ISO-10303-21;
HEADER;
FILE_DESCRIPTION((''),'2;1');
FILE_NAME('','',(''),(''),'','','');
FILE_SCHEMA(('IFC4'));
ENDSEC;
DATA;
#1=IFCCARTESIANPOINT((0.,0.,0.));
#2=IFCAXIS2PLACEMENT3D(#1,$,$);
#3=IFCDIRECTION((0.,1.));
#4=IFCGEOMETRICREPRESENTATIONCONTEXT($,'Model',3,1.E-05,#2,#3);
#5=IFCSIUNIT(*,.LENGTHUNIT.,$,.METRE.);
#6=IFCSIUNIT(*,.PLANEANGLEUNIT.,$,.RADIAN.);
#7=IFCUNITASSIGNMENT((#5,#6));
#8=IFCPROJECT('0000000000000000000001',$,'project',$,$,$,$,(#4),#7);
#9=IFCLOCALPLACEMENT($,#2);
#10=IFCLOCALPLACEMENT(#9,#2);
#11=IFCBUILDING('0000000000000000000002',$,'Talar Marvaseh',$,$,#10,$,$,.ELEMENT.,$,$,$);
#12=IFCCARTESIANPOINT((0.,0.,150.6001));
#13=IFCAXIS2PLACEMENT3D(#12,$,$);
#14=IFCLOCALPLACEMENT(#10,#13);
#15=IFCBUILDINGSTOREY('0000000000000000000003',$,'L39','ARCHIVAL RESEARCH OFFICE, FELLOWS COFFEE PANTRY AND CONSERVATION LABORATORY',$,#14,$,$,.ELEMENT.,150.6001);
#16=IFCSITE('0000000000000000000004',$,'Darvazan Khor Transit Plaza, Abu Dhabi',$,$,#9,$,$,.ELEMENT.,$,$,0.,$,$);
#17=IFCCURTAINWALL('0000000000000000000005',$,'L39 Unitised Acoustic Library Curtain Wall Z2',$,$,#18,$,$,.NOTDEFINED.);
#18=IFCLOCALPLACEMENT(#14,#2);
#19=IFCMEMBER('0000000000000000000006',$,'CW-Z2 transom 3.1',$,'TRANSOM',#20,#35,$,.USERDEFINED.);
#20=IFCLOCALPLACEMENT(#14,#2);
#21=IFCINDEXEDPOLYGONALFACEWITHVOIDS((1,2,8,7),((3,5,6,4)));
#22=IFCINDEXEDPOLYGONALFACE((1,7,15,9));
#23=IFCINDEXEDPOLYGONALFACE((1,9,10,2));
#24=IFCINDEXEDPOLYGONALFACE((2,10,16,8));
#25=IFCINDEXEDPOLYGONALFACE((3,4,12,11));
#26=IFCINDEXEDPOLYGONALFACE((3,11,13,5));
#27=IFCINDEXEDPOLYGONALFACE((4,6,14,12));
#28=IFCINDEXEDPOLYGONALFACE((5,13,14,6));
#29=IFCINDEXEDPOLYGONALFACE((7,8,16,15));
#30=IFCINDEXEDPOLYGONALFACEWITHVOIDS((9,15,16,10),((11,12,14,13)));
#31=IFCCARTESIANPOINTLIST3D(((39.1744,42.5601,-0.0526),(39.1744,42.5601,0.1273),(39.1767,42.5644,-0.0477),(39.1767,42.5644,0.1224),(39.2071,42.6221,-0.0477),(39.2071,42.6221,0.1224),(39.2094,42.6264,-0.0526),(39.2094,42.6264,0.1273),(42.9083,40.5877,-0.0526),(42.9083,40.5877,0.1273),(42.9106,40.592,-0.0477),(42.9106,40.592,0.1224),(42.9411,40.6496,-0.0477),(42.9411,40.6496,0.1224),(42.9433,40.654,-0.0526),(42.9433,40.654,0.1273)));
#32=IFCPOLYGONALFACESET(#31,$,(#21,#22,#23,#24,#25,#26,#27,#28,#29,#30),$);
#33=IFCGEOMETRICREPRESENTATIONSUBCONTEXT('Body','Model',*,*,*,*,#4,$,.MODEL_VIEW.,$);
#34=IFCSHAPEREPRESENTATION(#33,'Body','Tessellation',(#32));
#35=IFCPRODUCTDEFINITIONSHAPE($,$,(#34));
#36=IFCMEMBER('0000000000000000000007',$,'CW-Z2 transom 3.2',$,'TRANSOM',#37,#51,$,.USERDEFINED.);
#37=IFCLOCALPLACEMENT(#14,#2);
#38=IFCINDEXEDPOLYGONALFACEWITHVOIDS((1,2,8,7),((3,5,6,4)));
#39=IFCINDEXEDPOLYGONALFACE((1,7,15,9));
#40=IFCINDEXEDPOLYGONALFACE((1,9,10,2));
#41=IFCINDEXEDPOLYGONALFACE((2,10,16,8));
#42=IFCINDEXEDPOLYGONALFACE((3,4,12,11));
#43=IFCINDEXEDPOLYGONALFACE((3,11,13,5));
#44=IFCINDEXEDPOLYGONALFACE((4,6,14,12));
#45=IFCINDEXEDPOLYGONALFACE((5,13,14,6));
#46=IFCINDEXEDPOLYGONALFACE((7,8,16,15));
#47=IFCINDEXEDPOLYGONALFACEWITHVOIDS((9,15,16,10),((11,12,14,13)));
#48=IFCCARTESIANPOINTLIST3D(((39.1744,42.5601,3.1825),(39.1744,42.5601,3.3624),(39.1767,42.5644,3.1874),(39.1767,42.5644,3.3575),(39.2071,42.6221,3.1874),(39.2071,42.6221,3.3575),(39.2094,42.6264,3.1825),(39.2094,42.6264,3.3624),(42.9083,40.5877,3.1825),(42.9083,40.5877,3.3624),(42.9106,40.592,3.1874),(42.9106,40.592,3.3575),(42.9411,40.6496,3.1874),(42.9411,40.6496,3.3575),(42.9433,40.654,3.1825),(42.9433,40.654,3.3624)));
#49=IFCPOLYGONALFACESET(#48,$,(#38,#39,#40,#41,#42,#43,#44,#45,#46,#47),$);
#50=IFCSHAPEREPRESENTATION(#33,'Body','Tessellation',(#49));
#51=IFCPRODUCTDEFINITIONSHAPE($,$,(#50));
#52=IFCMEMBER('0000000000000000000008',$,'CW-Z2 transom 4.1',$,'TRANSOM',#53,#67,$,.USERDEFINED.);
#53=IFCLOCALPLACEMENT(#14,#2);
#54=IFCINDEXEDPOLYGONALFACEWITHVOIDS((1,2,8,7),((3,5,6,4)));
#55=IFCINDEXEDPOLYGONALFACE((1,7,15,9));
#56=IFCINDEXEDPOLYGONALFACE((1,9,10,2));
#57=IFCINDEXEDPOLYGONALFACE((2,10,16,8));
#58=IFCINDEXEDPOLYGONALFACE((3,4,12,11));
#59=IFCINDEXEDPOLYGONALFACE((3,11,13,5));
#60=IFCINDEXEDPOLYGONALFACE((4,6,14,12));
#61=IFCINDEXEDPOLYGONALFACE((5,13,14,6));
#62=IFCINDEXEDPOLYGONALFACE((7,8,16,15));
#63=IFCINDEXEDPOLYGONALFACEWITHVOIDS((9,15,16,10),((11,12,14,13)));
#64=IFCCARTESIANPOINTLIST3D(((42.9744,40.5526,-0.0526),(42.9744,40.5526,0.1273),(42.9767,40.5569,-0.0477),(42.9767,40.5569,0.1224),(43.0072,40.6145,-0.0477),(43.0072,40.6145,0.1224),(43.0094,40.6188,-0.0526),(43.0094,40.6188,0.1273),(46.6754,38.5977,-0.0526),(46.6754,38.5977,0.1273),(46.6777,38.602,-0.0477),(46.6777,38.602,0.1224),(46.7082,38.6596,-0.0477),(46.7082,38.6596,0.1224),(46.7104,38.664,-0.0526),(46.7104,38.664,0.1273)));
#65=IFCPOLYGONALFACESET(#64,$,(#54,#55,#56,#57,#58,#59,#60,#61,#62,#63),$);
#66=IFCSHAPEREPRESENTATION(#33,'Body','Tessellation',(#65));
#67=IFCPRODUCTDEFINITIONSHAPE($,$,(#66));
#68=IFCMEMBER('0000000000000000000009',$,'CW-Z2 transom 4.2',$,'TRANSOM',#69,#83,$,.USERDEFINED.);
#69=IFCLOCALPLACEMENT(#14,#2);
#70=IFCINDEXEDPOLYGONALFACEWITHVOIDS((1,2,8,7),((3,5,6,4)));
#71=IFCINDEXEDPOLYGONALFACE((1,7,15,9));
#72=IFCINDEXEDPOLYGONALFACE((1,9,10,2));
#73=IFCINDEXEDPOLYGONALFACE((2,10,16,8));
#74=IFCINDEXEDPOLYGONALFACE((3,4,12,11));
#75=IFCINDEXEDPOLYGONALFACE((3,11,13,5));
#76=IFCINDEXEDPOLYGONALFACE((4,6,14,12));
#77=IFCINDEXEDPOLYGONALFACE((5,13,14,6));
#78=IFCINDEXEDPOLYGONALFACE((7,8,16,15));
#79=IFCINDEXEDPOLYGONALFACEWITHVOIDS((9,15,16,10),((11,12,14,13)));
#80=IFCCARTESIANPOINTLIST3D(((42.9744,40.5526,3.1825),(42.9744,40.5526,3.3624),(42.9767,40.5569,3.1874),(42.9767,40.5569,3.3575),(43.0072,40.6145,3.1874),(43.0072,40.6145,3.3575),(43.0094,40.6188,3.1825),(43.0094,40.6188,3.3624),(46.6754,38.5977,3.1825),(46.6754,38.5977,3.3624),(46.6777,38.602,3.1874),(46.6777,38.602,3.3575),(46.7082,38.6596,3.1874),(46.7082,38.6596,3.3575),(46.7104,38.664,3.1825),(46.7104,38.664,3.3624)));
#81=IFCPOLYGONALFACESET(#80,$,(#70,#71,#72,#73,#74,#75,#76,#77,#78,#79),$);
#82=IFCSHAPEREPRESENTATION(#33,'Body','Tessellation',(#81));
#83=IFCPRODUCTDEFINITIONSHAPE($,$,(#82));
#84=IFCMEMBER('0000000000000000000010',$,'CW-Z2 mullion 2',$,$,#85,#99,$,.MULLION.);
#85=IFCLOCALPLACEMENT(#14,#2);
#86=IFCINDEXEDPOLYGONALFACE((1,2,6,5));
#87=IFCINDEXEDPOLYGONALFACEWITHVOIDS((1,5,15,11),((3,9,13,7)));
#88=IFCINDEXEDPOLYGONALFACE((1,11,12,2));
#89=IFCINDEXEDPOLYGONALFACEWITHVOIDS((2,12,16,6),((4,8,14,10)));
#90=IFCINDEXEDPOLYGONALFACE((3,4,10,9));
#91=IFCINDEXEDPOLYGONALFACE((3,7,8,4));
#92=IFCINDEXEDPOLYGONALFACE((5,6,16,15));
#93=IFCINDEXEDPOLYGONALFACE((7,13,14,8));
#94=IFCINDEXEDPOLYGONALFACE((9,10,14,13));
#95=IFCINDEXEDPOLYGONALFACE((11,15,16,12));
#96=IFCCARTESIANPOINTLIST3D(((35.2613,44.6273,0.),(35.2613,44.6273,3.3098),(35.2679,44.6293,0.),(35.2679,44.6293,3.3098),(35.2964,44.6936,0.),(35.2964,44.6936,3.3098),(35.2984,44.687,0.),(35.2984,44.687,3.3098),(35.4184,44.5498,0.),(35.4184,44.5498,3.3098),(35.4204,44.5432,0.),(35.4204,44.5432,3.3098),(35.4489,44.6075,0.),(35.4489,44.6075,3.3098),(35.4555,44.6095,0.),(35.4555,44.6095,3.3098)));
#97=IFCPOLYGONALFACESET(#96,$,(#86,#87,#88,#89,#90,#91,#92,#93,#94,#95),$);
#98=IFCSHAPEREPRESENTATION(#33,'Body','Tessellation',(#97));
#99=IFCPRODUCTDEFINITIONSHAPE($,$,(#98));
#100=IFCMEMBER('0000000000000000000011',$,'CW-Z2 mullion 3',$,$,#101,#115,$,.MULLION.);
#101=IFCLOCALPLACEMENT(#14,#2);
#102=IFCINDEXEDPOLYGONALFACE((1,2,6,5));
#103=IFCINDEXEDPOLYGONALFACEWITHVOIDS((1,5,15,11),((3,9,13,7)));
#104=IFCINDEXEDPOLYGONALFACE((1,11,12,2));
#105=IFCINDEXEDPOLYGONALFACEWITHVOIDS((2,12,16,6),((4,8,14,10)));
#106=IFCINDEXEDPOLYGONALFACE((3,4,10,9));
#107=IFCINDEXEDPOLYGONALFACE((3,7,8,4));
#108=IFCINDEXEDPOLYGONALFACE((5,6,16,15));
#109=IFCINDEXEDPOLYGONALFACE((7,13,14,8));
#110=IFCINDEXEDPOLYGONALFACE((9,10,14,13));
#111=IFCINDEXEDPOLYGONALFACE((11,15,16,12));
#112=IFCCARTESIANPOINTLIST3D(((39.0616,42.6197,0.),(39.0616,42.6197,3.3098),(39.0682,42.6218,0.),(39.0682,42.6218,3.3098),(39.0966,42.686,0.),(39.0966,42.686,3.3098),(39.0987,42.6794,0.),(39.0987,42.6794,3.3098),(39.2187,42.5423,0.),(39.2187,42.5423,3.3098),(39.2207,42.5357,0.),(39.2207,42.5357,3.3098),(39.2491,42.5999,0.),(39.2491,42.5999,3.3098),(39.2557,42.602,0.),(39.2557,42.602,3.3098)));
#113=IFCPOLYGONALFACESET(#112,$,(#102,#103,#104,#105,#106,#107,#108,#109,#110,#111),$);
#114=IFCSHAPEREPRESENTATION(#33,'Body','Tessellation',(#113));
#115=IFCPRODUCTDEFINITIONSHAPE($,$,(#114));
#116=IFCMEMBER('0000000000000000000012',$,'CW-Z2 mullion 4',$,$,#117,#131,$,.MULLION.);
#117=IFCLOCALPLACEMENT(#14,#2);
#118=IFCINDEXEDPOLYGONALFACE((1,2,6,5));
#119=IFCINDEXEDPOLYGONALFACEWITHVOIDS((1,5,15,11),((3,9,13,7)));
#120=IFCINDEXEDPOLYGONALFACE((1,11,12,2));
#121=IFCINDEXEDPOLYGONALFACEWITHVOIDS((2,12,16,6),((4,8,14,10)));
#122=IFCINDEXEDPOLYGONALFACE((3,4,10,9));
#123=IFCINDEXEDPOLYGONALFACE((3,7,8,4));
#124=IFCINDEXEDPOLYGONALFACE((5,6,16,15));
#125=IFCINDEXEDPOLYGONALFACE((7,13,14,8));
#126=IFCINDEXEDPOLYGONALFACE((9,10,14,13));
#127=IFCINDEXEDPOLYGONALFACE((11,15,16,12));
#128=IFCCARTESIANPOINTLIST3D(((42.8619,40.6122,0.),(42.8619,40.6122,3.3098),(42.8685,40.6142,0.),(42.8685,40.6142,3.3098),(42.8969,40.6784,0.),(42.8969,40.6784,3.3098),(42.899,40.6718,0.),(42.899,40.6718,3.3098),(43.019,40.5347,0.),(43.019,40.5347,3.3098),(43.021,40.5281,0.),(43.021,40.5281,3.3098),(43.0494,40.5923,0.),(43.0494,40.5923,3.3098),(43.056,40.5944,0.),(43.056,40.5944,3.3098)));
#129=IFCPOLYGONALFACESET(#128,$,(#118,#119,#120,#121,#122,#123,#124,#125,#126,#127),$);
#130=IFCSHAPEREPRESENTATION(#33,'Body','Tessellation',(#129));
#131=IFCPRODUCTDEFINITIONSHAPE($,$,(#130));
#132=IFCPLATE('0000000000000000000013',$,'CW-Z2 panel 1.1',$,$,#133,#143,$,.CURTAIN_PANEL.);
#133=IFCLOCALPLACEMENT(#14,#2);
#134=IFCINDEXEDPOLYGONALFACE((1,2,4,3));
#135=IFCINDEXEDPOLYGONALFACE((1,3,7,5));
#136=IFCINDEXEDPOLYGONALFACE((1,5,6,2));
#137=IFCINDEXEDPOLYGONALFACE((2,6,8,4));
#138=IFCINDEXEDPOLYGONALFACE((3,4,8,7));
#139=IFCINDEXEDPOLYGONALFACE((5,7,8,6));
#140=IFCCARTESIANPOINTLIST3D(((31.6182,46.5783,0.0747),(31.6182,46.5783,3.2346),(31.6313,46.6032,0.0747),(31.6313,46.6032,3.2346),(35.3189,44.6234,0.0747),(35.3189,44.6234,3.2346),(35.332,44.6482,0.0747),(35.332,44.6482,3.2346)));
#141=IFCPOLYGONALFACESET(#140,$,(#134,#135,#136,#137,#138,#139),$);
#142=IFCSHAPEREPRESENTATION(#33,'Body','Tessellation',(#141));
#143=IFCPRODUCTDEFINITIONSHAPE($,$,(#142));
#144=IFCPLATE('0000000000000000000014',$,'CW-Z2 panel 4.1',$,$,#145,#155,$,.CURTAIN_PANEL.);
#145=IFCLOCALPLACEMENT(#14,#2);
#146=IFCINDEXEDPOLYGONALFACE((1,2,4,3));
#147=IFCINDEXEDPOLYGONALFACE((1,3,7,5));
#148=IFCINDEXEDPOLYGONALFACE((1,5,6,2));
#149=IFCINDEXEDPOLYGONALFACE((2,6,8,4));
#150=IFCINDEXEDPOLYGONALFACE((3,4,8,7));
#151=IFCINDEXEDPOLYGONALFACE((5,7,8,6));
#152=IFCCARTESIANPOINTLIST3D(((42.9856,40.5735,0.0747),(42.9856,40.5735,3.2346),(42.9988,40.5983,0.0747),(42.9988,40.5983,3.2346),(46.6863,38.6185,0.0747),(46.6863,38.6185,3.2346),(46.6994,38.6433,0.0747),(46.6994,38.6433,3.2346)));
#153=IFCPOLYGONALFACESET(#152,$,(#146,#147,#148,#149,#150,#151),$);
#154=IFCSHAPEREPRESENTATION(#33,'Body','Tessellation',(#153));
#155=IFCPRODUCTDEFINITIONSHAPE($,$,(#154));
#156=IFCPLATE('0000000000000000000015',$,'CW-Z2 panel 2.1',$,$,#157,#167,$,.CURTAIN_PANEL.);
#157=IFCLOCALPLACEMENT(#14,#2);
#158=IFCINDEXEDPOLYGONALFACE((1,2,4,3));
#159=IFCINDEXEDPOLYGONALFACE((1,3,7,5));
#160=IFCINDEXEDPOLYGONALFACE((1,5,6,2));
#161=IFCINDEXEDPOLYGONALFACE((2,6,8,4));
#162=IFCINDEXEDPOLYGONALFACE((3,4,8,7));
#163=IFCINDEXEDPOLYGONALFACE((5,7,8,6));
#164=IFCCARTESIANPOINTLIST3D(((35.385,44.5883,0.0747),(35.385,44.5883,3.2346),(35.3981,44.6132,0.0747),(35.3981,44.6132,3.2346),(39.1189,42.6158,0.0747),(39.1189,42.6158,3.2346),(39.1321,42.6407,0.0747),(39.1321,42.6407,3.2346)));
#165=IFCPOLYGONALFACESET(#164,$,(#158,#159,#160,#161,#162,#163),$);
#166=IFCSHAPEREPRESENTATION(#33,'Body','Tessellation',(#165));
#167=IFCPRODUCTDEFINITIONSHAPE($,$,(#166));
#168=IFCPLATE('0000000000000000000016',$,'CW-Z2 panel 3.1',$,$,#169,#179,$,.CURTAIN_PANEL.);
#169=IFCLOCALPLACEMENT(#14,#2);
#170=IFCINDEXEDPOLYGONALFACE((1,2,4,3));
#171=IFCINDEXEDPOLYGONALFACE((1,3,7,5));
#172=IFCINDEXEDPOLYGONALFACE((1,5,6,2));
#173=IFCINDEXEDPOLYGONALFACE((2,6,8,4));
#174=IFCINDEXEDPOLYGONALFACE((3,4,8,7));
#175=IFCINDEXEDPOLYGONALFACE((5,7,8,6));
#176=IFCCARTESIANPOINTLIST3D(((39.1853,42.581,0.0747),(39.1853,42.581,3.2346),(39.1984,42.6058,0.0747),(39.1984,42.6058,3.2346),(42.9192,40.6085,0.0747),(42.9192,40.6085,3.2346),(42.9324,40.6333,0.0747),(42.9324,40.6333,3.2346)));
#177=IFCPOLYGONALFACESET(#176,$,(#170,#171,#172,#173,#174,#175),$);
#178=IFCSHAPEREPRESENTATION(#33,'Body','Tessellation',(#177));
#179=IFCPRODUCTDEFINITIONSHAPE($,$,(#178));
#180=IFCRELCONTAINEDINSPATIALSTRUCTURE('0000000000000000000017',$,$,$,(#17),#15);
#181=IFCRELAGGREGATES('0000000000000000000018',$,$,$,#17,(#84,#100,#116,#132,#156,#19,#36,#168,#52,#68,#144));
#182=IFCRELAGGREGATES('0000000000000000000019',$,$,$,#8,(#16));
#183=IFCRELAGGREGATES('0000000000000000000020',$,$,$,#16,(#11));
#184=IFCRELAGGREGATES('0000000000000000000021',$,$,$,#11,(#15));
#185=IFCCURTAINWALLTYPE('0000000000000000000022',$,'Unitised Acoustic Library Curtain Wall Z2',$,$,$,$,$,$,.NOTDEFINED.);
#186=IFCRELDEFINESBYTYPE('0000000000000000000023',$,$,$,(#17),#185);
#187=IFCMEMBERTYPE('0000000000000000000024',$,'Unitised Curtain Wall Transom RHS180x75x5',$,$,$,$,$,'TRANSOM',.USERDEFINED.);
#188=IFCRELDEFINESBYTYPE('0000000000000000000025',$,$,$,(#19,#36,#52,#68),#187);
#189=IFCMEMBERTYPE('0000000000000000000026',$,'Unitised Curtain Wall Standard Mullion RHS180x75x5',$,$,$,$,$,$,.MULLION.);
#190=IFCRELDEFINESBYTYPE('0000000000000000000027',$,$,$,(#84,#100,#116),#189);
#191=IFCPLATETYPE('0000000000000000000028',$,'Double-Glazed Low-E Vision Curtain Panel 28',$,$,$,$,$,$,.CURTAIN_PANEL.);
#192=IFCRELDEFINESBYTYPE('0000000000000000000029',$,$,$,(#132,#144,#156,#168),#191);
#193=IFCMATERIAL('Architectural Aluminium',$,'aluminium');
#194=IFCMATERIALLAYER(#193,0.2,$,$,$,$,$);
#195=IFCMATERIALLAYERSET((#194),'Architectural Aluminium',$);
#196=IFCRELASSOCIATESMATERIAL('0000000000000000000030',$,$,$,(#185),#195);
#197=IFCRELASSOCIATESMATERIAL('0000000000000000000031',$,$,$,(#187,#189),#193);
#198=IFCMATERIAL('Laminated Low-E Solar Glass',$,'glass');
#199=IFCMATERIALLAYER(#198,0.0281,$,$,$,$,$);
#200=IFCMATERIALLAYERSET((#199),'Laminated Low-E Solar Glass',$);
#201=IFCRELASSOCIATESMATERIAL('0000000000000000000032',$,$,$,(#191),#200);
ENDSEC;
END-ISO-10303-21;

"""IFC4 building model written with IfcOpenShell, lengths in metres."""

from ifc_helpers import new_model, si_unit, direction, frame, origin, origin_2d, place, context, subcontext, project, spatial, rectangle, hollow_rectangle, extrude, source, transform, mapped, material, layer, layer_set, material_profile, profile_set, type_object, type_shapes, element, aggregate, save


model = new_model("IFC4")

# Units and contexts
model_context = context("Model", 3, precision=1e-05, world=origin(), true_north=direction((0.0, 1.0)))
body_context = subcontext(model_context, "Body", "Model", "MODEL_VIEW")
ifc_project = project(units=[si_unit("LENGTHUNIT", "METRE"), si_unit("PLANEANGLEUNIT", "RADIAN")], contexts=[model_context])

# Site, building, storey
site_placement = place(None, origin())
site = spatial("IfcSite", under=ifc_project, at=site_placement, Name="Darvazan Khor Transit Plaza, Abu Dhabi", CompositionType="ELEMENT", RefElevation=0.0)
building_placement = place(site_placement, origin())
building = spatial("IfcBuilding", under=site, at=building_placement, Name="Talar Marvaseh", CompositionType="ELEMENT")
storey_placement = place(building_placement, frame((0.0, 0.0, 150.6001)))
storey = spatial("IfcBuildingStorey", under=building, at=storey_placement, Name="L39", Description="ARCHIVAL RESEARCH OFFICE, FELLOWS COFFEE PANTRY AND CONSERVATION LABORATORY", CompositionType="ELEMENT", Elevation=150.6001)

# Curtain wall, members, plates
ifc_material_1 = material(Name="Architectural Aluminium", Category="aluminium")
ifc_layer_1 = layer(ifc_material_1, 0.2)
ifc_layer_set_1 = layer_set([ifc_layer_1], Name="Architectural Aluminium")
curtain_wall_type = type_object("IfcCurtainWallType", Name="Unitised Acoustic Library Curtain Wall Z2", PredefinedType="NOTDEFINED", material=ifc_layer_set_1)
curtain_wall_placement = place(storey_placement, origin())
curtain_wall = element("IfcCurtainWall", 1, at=curtain_wall_placement, inside=storey, type_object=curtain_wall_type, Name="L39 Unitised Acoustic Library Curtain Wall Z2", PredefinedType="NOTDEFINED")
ifc_material_profile_1 = material_profile(ifc_material_1, hollow_rectangle(XDim=0.075, YDim=0.1799, WallThickness=0.0049, at=origin_2d()), Name="RHS180x75x5")
ifc_profile_set_1 = profile_set([ifc_material_profile_1], Name="Architectural Aluminium")
member_type_1 = type_object("IfcMemberType", Name="Unitised Curtain Wall Transom RHS180x75x5", ElementType="TRANSOM", PredefinedType="USERDEFINED", material=ifc_profile_set_1)
shared_shape_1 = source(origin(), body_context, "Body", "SweptSolid", [
    extrude(hollow_rectangle(XDim=0.075, YDim=0.1799, WallThickness=0.0049, at=origin_2d()), origin(), (0.0, 0.0, 1.0), 4.2229),
])
member_1_placement = place(storey_placement, frame((39.1919, 42.5933, 0.0374), z_axis=(0.884214, -0.467083, 0.0), x_axis=(0.467083, 0.884214, 0.0)))
member_1 = element("IfcMember", 2, at=member_1_placement, type_object=member_type_1, Name="CW-Z2 transom 3.1", ObjectType="TRANSOM", PredefinedType="USERDEFINED", context=body_context, shape_type="MappedRepresentation", body=[
    mapped(shared_shape_1, transform((0.0, 0.0, 0.0), x_axis=(1.0, 0.0, 0.0), y_axis=(0.0, 1.0, 0.0), z_axis=(0.0, 0.0, 1.0), scale=1.0)),
])
member_2_placement = place(storey_placement, frame((39.1919, 42.5933, 3.2725), z_axis=(0.884214, -0.467083, 0.0), x_axis=(0.467083, 0.884214, 0.0)))
member_2 = element("IfcMember", 3, at=member_2_placement, type_object=member_type_1, Name="CW-Z2 transom 3.2", ObjectType="TRANSOM", PredefinedType="USERDEFINED", context=body_context, shape_type="MappedRepresentation", body=[
    mapped(shared_shape_1, transform((0.0, 0.0, 0.0), x_axis=(1.0, 0.0, 0.0), y_axis=(0.0, 1.0, 0.0), z_axis=(0.0, 0.0, 1.0), scale=1.0)),
])
shared_shape_2 = source(origin(), body_context, "Body", "SweptSolid", [
    extrude(hollow_rectangle(XDim=0.075, YDim=0.1799, WallThickness=0.0049, at=origin_2d()), origin(), (0.0, 0.0, 1.0), 4.1855),
])
type_shapes(member_type_1, [shared_shape_1, shared_shape_2])
member_3_placement = place(storey_placement, frame((42.9919, 40.5857, 0.0374), z_axis=(0.88423, -0.467051, 0.0), x_axis=(0.467051, 0.88423, 0.0)))
member_3 = element("IfcMember", 4, at=member_3_placement, type_object=member_type_1, Name="CW-Z2 transom 4.1", ObjectType="TRANSOM", PredefinedType="USERDEFINED", context=body_context, shape_type="MappedRepresentation", body=[
    mapped(shared_shape_2, transform((0.0, 0.0, 0.0), x_axis=(1.0, 0.0, 0.0), y_axis=(0.0, 1.0, 0.0), z_axis=(0.0, 0.0, 1.0), scale=1.0)),
])
member_4_placement = place(storey_placement, frame((42.9919, 40.5857, 3.2725), z_axis=(0.88423, -0.467051, 0.0), x_axis=(0.467051, 0.88423, 0.0)))
member_4 = element("IfcMember", 5, at=member_4_placement, type_object=member_type_1, Name="CW-Z2 transom 4.2", ObjectType="TRANSOM", PredefinedType="USERDEFINED", context=body_context, shape_type="MappedRepresentation", body=[
    mapped(shared_shape_2, transform((0.0, 0.0, 0.0), x_axis=(1.0, 0.0, 0.0), y_axis=(0.0, 1.0, 0.0), z_axis=(0.0, 0.0, 1.0), scale=1.0)),
])
ifc_material_profile_2 = material_profile(ifc_material_1, hollow_rectangle(XDim=0.075, YDim=0.1799, WallThickness=0.0049, at=origin_2d()), Name="RHS180x75x5")
ifc_profile_set_2 = profile_set([ifc_material_profile_2], Name="Architectural Aluminium")
member_type_2 = type_object("IfcMemberType", Name="Unitised Curtain Wall Standard Mullion RHS180x75x5", PredefinedType="MULLION", material=ifc_profile_set_2)
shared_shape_3 = source(origin(), body_context, "Body", "SweptSolid", [
    extrude(hollow_rectangle(XDim=0.075, YDim=0.1799, WallThickness=0.0049, at=origin_2d()), origin(), (0.0, 0.0, 1.0), 3.3098),
])
type_shapes(member_type_2, [shared_shape_3])
member_5_placement = place(storey_placement, frame((35.3584, 44.6184, 0.0), z_axis=(0.0, 0.0, 1.0), x_axis=(0.467098, 0.884206, 0.0)))
member_5 = element("IfcMember", 6, at=member_5_placement, type_object=member_type_2, Name="CW-Z2 mullion 2", PredefinedType="MULLION", context=body_context, shape_type="MappedRepresentation", body=[
    mapped(shared_shape_3, transform((0.0, 0.0, 0.0), x_axis=(1.0, 0.0, 0.0), y_axis=(0.0, 1.0, 0.0), z_axis=(0.0, 0.0, 1.0), scale=1.0)),
])
member_6_placement = place(storey_placement, frame((39.1587, 42.6108, 0.0), z_axis=(0.0, 0.0, 1.0), x_axis=(0.467098, 0.884206, 0.0)))
member_6 = element("IfcMember", 7, at=member_6_placement, type_object=member_type_2, Name="CW-Z2 mullion 3", PredefinedType="MULLION", context=body_context, shape_type="MappedRepresentation", body=[
    mapped(shared_shape_3, transform((0.0, 0.0, 0.0), x_axis=(1.0, 0.0, 0.0), y_axis=(0.0, 1.0, 0.0), z_axis=(0.0, 0.0, 1.0), scale=1.0)),
])
member_7_placement = place(storey_placement, frame((42.959, 40.6033, 0.0), z_axis=(0.0, 0.0, 1.0), x_axis=(0.467098, 0.884206, 0.0)))
member_7 = element("IfcMember", 8, at=member_7_placement, type_object=member_type_2, Name="CW-Z2 mullion 4", PredefinedType="MULLION", context=body_context, shape_type="MappedRepresentation", body=[
    mapped(shared_shape_3, transform((0.0, 0.0, 0.0), x_axis=(1.0, 0.0, 0.0), y_axis=(0.0, 1.0, 0.0), z_axis=(0.0, 0.0, 1.0), scale=1.0)),
])
ifc_material_2 = material(Name="Laminated Low-E Solar Glass", Category="glass")
ifc_layer_2 = layer(ifc_material_2, 0.0281)
ifc_layer_set_2 = layer_set([ifc_layer_2], Name="Laminated Low-E Solar Glass")
plate_type = type_object("IfcPlateType", Name="Double-Glazed Low-E Vision Curtain Panel 28", PredefinedType="CURTAIN_PANEL", material=ifc_layer_set_2)
shared_shape_4 = source(origin(), body_context, "Body", "SweptSolid", [
    extrude(rectangle(XDim=4.1853, YDim=0.0281, at=origin_2d()), origin(), (0.0, 0.0, 1.0), 3.1599),
])
plate_1_placement = place(storey_placement, frame((33.4751, 45.6133, 0.0747), z_axis=(0.0, 0.0, 1.0), x_axis=(0.884206, -0.467098, 0.0)))
plate_1 = element("IfcPlate", 9, at=plate_1_placement, type_object=plate_type, Name="CW-Z2 panel 1.1", PredefinedType="CURTAIN_PANEL", context=body_context, shape_type="MappedRepresentation", body=[
    mapped(shared_shape_4, transform((0.0, 0.0, 0.0), x_axis=(1.0, 0.0, 0.0), y_axis=(0.0, 1.0, 0.0), z_axis=(0.0, 0.0, 1.0), scale=1.0)),
])
plate_2_placement = place(storey_placement, frame((44.8425, 39.6084, 0.0747), z_axis=(0.0, 0.0, 1.0), x_axis=(0.884206, -0.467098, 0.0)))
plate_2 = element("IfcPlate", 10, at=plate_2_placement, type_object=plate_type, Name="CW-Z2 panel 4.1", PredefinedType="CURTAIN_PANEL", context=body_context, shape_type="MappedRepresentation", body=[
    mapped(shared_shape_4, transform((0.0, 0.0, 0.0), x_axis=(1.0, 0.0, 0.0), y_axis=(0.0, 1.0, 0.0), z_axis=(0.0, 0.0, 1.0), scale=1.0)),
])
shared_shape_5 = source(origin(), body_context, "Body", "SweptSolid", [
    extrude(rectangle(XDim=4.2229, YDim=0.0281, at=origin_2d()), origin(), (0.0, 0.0, 1.0), 3.1599),
])
type_shapes(plate_type, [shared_shape_4, shared_shape_5])
plate_3_placement = place(storey_placement, frame((37.2585, 43.6145, 0.0747), z_axis=(0.0, 0.0, 1.0), x_axis=(0.884206, -0.467098, 0.0)))
plate_3 = element("IfcPlate", 11, at=plate_3_placement, type_object=plate_type, Name="CW-Z2 panel 2.1", PredefinedType="CURTAIN_PANEL", context=body_context, shape_type="MappedRepresentation", body=[
    mapped(shared_shape_5, transform((0.0, 0.0, 0.0), x_axis=(1.0, 0.0, 0.0), y_axis=(0.0, 1.0, 0.0), z_axis=(0.0, 0.0, 1.0), scale=1.0)),
])
plate_4_placement = place(storey_placement, frame((41.0588, 41.6072, 0.0747), z_axis=(0.0, 0.0, 1.0), x_axis=(0.884206, -0.467098, 0.0)))
plate_4 = element("IfcPlate", 12, at=plate_4_placement, type_object=plate_type, Name="CW-Z2 panel 3.1", PredefinedType="CURTAIN_PANEL", context=body_context, shape_type="MappedRepresentation", body=[
    mapped(shared_shape_5, transform((0.0, 0.0, 0.0), x_axis=(1.0, 0.0, 0.0), y_axis=(0.0, 1.0, 0.0), z_axis=(0.0, 0.0, 1.0), scale=1.0)),
])
aggregate(curtain_wall, [member_5, member_6, member_7, plate_1, plate_3, member_1, member_2, plate_4, member_3, member_4, plate_2])

save(model, "model.ifc")
